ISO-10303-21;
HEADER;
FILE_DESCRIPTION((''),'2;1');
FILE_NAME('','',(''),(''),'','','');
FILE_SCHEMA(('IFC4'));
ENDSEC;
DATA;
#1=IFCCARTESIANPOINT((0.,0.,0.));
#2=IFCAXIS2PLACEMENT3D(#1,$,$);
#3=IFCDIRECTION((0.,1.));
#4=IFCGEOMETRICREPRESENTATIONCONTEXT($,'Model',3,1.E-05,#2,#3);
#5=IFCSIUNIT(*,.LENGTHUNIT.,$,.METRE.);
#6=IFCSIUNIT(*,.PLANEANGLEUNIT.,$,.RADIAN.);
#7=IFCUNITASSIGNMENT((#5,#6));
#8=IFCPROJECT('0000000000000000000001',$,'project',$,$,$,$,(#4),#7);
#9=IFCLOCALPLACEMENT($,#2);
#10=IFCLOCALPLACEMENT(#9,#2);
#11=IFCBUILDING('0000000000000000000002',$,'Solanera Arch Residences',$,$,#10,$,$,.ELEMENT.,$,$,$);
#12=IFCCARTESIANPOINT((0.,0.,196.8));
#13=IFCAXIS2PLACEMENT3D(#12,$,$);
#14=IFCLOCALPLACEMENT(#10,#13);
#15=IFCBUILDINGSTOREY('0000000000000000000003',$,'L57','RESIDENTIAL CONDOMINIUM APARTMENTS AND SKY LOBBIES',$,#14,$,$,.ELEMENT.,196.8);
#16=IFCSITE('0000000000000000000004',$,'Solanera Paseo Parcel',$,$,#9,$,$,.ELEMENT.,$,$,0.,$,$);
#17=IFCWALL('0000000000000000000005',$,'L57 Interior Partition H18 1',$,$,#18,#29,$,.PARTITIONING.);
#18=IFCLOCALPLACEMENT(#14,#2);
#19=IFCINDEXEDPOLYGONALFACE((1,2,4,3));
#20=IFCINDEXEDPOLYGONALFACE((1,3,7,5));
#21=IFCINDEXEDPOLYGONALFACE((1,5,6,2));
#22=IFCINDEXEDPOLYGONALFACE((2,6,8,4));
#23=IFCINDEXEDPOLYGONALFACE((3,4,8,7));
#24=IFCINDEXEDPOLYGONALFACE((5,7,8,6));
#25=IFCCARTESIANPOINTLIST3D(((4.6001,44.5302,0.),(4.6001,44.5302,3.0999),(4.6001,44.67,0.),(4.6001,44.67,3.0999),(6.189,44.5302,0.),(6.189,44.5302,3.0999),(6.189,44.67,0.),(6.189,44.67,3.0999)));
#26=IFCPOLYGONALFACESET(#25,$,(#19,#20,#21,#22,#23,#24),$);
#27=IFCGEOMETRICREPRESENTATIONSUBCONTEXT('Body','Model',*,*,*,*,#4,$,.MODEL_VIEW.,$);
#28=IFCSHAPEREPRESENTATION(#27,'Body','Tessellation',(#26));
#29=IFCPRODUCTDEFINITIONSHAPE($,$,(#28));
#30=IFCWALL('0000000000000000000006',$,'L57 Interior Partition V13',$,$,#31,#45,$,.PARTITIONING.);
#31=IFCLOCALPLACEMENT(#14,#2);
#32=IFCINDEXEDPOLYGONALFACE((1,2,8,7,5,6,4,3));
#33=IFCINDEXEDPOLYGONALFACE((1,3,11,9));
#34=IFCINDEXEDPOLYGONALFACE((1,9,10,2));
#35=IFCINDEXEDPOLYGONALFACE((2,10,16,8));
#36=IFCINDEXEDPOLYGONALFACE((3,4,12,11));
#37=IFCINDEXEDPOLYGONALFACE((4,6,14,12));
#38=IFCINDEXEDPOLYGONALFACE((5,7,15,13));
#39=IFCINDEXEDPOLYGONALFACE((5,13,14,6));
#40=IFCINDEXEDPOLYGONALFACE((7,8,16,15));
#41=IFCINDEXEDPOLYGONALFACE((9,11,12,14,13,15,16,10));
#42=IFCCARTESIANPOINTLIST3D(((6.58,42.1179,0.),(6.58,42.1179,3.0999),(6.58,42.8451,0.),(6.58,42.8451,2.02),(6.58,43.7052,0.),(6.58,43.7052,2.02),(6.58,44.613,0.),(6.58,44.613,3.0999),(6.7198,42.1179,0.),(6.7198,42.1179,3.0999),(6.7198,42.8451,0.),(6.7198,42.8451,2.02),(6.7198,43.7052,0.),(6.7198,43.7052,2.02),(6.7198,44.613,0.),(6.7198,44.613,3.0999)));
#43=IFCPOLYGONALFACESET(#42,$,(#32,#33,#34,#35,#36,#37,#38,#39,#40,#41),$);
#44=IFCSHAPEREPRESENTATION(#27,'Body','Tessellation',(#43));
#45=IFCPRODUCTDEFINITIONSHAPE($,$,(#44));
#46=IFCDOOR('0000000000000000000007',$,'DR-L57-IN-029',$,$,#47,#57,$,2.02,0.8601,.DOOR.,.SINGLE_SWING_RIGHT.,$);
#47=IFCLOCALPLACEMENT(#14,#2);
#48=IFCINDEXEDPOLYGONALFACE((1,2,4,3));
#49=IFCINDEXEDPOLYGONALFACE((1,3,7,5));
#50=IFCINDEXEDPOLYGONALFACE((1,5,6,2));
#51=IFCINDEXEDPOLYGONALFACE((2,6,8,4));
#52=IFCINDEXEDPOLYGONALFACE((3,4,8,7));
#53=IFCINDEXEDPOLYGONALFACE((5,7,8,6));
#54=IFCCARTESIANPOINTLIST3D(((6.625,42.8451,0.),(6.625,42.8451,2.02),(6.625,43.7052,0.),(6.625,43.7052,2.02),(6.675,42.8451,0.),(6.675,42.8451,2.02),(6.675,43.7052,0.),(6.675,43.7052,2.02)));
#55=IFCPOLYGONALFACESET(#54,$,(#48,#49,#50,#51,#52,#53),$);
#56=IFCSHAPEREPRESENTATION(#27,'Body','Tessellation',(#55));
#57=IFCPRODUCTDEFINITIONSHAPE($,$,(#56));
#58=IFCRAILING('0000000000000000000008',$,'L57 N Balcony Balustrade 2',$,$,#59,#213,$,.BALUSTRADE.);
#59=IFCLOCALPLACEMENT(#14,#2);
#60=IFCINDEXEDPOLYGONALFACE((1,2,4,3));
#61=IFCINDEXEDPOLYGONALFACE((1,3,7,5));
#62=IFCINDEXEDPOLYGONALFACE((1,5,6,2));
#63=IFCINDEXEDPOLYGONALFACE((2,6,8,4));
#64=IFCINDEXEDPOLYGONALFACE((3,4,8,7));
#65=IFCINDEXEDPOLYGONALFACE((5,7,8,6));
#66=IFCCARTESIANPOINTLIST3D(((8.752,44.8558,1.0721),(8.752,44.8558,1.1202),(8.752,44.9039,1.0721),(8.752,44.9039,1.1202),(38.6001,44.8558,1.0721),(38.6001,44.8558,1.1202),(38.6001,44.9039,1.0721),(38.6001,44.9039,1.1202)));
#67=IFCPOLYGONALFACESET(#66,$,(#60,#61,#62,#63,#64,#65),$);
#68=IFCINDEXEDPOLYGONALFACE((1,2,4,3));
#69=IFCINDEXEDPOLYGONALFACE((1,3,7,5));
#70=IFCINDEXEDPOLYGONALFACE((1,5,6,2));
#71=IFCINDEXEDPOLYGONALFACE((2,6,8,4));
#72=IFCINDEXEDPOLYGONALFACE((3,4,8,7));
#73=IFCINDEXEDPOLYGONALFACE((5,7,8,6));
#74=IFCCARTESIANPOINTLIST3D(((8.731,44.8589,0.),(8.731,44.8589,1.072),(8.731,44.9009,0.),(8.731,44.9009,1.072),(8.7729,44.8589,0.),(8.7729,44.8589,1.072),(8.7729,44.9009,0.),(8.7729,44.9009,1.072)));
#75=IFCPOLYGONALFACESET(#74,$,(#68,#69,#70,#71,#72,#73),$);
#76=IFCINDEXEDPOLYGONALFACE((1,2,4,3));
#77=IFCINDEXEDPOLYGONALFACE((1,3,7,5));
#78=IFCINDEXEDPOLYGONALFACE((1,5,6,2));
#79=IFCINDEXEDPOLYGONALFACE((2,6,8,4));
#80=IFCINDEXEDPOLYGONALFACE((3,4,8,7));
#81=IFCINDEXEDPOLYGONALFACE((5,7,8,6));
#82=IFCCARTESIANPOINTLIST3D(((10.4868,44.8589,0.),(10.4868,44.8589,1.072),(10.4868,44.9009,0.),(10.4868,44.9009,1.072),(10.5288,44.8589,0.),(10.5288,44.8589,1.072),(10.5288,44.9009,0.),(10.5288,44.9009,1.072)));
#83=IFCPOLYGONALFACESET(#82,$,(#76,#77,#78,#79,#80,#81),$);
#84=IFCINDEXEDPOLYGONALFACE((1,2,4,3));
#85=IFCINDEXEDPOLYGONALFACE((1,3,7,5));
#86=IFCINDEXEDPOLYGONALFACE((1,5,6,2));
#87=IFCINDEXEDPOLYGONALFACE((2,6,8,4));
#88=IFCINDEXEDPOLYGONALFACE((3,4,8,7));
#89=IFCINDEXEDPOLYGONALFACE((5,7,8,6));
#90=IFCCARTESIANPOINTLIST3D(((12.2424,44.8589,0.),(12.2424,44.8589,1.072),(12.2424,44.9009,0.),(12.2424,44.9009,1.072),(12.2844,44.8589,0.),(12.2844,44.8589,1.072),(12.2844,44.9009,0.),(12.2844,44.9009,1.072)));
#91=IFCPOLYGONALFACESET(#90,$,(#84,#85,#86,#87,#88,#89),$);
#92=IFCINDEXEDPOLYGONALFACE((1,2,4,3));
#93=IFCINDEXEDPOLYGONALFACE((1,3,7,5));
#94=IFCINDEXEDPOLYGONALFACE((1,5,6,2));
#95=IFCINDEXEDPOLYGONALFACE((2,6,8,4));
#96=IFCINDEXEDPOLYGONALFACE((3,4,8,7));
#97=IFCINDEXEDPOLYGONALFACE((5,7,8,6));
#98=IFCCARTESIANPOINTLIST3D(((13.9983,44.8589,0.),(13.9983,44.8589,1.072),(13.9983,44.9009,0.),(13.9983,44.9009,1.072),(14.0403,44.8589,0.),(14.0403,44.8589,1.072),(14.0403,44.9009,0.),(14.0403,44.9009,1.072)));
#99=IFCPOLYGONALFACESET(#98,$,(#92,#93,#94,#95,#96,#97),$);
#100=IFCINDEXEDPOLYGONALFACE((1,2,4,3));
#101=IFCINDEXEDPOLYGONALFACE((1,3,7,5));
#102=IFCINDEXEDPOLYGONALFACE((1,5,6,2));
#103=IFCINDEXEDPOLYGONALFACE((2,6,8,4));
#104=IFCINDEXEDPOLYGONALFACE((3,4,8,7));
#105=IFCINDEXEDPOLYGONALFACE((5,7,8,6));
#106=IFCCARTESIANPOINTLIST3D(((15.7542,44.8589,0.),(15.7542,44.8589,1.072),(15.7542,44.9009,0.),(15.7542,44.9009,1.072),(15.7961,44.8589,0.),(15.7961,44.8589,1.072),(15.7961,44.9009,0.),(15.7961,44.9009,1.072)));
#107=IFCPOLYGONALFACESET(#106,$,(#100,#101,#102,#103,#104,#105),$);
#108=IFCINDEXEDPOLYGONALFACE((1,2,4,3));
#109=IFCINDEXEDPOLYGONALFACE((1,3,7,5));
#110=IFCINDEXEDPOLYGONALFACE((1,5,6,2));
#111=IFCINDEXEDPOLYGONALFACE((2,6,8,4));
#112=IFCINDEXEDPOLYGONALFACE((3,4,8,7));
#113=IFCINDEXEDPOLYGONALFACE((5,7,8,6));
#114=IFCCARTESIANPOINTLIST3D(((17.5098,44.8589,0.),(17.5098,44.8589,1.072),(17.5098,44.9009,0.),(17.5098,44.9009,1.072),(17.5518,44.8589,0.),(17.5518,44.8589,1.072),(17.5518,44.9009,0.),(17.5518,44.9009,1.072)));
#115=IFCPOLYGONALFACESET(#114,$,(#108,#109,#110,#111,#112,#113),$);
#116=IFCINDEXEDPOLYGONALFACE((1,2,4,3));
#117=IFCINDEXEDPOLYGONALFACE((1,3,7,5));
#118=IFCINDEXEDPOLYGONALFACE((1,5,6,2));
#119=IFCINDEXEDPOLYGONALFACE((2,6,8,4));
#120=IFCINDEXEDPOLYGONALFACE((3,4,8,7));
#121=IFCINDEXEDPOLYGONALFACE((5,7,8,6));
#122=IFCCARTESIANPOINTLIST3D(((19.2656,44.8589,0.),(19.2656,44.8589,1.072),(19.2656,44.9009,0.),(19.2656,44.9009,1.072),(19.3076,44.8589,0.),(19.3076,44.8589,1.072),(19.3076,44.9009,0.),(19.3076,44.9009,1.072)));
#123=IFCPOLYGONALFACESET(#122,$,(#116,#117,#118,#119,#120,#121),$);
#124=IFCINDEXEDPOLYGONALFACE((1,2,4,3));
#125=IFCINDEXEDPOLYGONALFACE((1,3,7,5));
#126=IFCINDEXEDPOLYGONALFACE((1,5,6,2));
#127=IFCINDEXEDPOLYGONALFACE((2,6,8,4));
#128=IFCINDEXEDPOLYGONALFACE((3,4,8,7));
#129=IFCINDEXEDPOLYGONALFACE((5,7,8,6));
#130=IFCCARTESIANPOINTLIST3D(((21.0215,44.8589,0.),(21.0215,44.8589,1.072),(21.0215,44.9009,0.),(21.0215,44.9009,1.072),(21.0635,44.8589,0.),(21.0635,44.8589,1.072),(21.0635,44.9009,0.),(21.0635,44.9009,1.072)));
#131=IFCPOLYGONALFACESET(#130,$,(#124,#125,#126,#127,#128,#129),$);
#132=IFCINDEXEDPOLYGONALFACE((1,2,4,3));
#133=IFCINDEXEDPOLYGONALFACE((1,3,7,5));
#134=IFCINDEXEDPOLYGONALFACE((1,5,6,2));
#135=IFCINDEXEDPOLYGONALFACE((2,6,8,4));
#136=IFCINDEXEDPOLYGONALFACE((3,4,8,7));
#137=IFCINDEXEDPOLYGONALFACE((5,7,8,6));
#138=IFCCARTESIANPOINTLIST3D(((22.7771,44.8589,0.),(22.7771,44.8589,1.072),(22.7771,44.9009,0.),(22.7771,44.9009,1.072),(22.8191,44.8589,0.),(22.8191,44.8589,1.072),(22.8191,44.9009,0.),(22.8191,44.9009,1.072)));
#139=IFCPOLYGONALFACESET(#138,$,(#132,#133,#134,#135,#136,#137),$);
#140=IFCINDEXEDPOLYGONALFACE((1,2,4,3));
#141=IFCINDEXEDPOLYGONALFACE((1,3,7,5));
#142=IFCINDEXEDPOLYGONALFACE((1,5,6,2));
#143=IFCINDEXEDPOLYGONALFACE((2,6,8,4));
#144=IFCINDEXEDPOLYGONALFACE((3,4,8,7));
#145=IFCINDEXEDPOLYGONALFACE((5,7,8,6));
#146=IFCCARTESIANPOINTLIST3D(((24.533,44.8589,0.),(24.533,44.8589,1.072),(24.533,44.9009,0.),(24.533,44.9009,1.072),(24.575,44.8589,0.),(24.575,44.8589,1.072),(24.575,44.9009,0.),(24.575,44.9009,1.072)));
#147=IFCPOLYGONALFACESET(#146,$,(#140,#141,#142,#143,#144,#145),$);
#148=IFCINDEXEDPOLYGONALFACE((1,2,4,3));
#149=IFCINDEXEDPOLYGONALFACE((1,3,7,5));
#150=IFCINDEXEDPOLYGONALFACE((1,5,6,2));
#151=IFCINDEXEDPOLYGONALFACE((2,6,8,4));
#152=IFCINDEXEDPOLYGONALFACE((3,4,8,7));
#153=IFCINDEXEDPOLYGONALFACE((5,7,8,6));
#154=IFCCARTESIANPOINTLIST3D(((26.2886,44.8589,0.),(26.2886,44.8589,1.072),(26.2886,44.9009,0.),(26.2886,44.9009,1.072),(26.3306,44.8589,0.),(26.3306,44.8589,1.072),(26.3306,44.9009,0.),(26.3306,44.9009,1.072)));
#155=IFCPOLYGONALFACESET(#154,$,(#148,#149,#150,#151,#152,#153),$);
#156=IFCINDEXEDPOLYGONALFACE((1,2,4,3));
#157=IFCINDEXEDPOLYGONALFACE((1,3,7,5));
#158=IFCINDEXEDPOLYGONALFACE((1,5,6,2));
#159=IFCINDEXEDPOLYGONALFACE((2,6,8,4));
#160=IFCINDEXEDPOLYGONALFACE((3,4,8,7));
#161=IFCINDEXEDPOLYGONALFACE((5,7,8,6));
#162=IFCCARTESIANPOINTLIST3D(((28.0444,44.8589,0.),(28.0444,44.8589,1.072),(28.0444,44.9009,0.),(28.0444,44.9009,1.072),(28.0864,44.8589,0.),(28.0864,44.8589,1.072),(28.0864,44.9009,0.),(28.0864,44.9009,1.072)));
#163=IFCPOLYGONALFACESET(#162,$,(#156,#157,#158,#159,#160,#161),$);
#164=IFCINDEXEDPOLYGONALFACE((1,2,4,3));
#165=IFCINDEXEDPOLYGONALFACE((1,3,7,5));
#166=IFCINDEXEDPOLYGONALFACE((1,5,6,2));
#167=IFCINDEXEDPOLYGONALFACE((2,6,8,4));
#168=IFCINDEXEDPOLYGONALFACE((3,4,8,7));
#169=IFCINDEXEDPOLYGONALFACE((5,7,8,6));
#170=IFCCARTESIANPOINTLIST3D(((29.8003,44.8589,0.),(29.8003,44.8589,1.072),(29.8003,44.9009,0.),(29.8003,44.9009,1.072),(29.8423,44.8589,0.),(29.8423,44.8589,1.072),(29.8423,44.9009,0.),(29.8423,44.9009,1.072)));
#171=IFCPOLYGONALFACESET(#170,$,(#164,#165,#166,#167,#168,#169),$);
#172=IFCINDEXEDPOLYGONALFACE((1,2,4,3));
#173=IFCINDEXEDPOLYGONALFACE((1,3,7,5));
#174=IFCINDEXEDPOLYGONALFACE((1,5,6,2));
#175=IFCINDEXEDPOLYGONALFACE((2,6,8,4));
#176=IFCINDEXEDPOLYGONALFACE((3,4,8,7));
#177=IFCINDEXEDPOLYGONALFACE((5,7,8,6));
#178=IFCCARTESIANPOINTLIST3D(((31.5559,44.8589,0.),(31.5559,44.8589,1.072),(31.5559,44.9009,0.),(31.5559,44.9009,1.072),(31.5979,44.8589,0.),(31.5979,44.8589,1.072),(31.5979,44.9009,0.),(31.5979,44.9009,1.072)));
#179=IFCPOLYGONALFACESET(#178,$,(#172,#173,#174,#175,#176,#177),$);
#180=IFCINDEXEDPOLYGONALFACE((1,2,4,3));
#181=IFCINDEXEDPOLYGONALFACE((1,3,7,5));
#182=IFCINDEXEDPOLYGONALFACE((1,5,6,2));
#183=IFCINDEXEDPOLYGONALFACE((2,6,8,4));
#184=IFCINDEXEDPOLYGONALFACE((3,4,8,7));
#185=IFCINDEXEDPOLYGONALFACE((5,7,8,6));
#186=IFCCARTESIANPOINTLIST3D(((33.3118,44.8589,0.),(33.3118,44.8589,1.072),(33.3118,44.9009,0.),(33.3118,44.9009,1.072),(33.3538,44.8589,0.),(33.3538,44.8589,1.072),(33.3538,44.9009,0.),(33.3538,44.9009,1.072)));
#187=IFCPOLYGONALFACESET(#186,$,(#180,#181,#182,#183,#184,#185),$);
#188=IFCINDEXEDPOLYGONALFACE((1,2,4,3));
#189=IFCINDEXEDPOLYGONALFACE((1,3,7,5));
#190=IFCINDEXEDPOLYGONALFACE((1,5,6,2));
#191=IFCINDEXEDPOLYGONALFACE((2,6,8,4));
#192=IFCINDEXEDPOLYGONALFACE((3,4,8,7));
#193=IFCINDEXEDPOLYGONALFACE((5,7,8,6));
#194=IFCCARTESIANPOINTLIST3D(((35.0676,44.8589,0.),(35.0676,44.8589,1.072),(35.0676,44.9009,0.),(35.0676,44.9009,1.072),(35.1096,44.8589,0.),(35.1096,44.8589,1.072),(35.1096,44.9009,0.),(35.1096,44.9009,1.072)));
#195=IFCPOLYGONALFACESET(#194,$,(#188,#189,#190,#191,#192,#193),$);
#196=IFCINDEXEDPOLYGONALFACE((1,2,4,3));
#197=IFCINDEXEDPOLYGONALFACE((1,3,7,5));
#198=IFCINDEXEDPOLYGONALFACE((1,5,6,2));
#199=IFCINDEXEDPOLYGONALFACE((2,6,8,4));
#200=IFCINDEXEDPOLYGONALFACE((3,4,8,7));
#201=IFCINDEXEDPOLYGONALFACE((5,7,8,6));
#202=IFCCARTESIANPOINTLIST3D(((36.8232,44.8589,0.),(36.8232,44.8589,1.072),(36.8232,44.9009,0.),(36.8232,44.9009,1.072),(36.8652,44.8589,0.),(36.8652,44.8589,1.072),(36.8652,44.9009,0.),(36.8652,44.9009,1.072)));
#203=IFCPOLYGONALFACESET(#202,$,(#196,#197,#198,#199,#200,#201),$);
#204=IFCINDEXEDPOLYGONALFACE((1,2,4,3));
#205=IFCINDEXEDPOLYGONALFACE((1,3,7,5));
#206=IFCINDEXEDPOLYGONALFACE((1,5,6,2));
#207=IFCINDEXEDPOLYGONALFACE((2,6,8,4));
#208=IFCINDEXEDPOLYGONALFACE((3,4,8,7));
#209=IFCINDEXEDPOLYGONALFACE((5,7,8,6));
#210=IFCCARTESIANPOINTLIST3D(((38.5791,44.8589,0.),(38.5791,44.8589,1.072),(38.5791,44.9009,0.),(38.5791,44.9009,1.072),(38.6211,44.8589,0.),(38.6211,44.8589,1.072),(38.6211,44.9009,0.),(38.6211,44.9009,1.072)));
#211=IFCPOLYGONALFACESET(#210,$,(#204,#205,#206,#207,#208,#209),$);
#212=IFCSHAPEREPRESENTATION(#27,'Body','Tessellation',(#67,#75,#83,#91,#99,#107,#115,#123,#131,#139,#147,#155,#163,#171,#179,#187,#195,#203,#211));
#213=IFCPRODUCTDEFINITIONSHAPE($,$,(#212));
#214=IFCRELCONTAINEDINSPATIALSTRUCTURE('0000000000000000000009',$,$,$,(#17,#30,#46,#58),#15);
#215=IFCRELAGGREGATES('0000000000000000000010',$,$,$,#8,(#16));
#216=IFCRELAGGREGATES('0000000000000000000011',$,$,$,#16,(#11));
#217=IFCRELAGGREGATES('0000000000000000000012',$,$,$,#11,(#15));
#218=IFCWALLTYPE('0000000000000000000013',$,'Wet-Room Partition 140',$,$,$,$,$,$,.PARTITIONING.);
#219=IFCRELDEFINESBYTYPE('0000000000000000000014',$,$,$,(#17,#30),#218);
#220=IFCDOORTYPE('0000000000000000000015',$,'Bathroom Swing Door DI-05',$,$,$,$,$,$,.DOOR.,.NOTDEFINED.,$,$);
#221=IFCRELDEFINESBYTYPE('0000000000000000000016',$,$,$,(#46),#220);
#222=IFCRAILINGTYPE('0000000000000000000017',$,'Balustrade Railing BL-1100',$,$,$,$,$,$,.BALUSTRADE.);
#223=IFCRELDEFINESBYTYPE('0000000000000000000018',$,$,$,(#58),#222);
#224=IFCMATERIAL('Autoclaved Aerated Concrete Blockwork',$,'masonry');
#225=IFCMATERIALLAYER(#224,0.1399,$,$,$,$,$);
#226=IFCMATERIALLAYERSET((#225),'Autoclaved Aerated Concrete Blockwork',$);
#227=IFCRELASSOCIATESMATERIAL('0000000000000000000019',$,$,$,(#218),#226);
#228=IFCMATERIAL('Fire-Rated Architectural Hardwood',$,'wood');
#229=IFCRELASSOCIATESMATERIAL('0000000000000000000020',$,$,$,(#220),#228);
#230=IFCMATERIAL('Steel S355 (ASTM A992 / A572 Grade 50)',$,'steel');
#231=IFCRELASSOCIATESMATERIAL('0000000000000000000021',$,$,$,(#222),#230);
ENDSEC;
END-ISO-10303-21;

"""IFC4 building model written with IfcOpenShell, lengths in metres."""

from ifc_helpers import new_model, si_unit, direction, frame, frame_2d, origin, origin_2d, place, context, subcontext, project, spatial, rectangle, extrude, material, layer, layer_set, type_object, element, fill, save


model = new_model("IFC4")

# Units and contexts
model_context = context("Model", 3, precision=1e-05, world=origin(), true_north=direction((0.0, 1.0)))
body_context = subcontext(model_context, "Body", "Model", "MODEL_VIEW")
ifc_project = project(units=[si_unit("LENGTHUNIT", "METRE"), si_unit("PLANEANGLEUNIT", "RADIAN")], contexts=[model_context])

# Site, building, storey
site_placement = place(None, origin())
site = spatial("IfcSite", under=ifc_project, at=site_placement, Name="Solanera Paseo Parcel", CompositionType="ELEMENT", RefElevation=0.0)
building_placement = place(site_placement, origin())
building = spatial("IfcBuilding", under=site, at=building_placement, Name="Solanera Arch Residences", CompositionType="ELEMENT")
storey_placement = place(building_placement, frame((0.0, 0.0, 196.8)))
storey = spatial("IfcBuildingStorey", under=building, at=storey_placement, Name="L57", Description="RESIDENTIAL CONDOMINIUM APARTMENTS AND SKY LOBBIES", CompositionType="ELEMENT", Elevation=196.8)

# Wall
ifc_material_1 = material(Name="Autoclaved Aerated Concrete Blockwork", Category="masonry")
ifc_layer_1 = layer(ifc_material_1, 0.1399)
ifc_layer_set_1 = layer_set([ifc_layer_1], Name="Autoclaved Aerated Concrete Blockwork")
wall_type_1 = type_object("IfcWallType", Name="Wet-Room Partition 140", PredefinedType="PARTITIONING", material=ifc_layer_set_1)
wall_1_placement = place(storey_placement, frame((4.6001, 44.6001, 0.0), z_axis=(0.0, 0.0, 1.0), x_axis=(1.0, 0.0, 0.0)))
element("IfcWall", 1, at=wall_1_placement, inside=storey, type_object=wall_type_1, Name="L57 Interior Partition H18 1", PredefinedType="PARTITIONING", context=body_context, shape_type="SweptSolid", body=[
    extrude(rectangle(XDim=1.5889, YDim=0.1399, at=frame_2d((0.7944, 0.0))), origin(), (0.0, 0.0, 1.0), 3.0999),
])

# Wall, opening, door
wall_2_placement = place(storey_placement, frame((6.6499, 42.1179, 0.0), z_axis=(0.0, 0.0, 1.0), x_axis=(0.0, 1.0, 0.0)))
wall_2 = element("IfcWall", 2, at=wall_2_placement, inside=storey, type_object=wall_type_1, Name="L57 Interior Partition V13", PredefinedType="PARTITIONING", context=body_context, shape_type="SweptSolid", body=[
    extrude(rectangle(XDim=2.4951, YDim=0.1399, at=frame_2d((1.2476, 0.0))), origin(), (0.0, 0.0, 1.0), 3.0999),
])
opening_1_placement = place(wall_2_placement, frame((0.7271, 0.0, 0.0)))
opening_1 = element("IfcOpeningElement", 3, at=opening_1_placement, cuts=wall_2, PredefinedType="OPENING", context=body_context, shape_type="SweptSolid", body=[
    extrude(rectangle(XDim=0.8601, YDim=2.02, at=frame_2d((0.4302, 1.01))), frame((0.0, 0.0798, 0.0), z_axis=(0.0, -1.0, 0.0), x_axis=(1.0, 0.0, 0.0)), (0.0, 0.0, 1.0), 0.1599),
])
ifc_material_2 = material(Name="Fire-Rated Architectural Hardwood", Category="wood")
door_type_1 = type_object("IfcDoorType", Name="Bathroom Swing Door DI-05", OperationType="NOTDEFINED", PredefinedType="DOOR", material=ifc_material_2)
door_1_placement = place(opening_1_placement, origin())
door_1 = element("IfcDoor", 4, at=door_1_placement, inside=storey, type_object=door_type_1, Name="DR-L57-IN-029", OperationType="SINGLE_SWING_RIGHT", OverallHeight=2.02, OverallWidth=0.8601, PredefinedType="DOOR", context=body_context, shape_type="SweptSolid", body=[
    extrude(rectangle(XDim=0.8601, YDim=2.02, at=frame_2d((0.4302, 1.01))), frame((0.0, 0.0249, 0.0), z_axis=(0.0, -1.0, 0.0), x_axis=(1.0, 0.0, 0.0)), (0.0, 0.0, 1.0), 0.05),
])
fill(opening_1, door_1)

# Railing
ifc_material_3 = material(Name="Steel S355 (ASTM A992 / A572 Grade 50)", Category="steel")
railing_type = type_object("IfcRailingType", Name="Balustrade Railing BL-1100", PredefinedType="BALUSTRADE", material=ifc_material_3)
railing_placement = place(storey_placement, frame((8.752, 44.8799, 0.0)))
element("IfcRailing", 5, at=railing_placement, inside=storey, type_object=railing_type, Name="L57 N Balcony Balustrade 2", PredefinedType="BALUSTRADE", context=body_context, shape_type="SweptSolid", body=[
    extrude(rectangle(XDim=0.0481, YDim=0.0481, at=origin_2d()), frame((0.0, 0.0, 1.0962), z_axis=(1.0, 0.0, 0.0), x_axis=(0.0, 1.0, 0.0)), (0.0, 0.0, 1.0), 29.8481),
    extrude(rectangle(XDim=0.042, YDim=0.042, at=origin_2d()), origin(), (0.0, 0.0, 1.0), 1.072),
    extrude(rectangle(XDim=0.042, YDim=0.042, at=origin_2d()), frame((1.7559, 0.0, 0.0)), (0.0, 0.0, 1.0), 1.072),
    extrude(rectangle(XDim=0.042, YDim=0.042, at=origin_2d()), frame((3.5115, 0.0, 0.0)), (0.0, 0.0, 1.0), 1.072),
    extrude(rectangle(XDim=0.042, YDim=0.042, at=origin_2d()), frame((5.2673, 0.0, 0.0)), (0.0, 0.0, 1.0), 1.072),
    extrude(rectangle(XDim=0.042, YDim=0.042, at=origin_2d()), frame((7.0232, 0.0, 0.0)), (0.0, 0.0, 1.0), 1.072),
    extrude(rectangle(XDim=0.042, YDim=0.042, at=origin_2d()), frame((8.7788, 0.0, 0.0)), (0.0, 0.0, 1.0), 1.072),
    extrude(rectangle(XDim=0.042, YDim=0.042, at=origin_2d()), frame((10.5347, 0.0, 0.0)), (0.0, 0.0, 1.0), 1.072),
    extrude(rectangle(XDim=0.042, YDim=0.042, at=origin_2d()), frame((12.2905, 0.0, 0.0)), (0.0, 0.0, 1.0), 1.072),
    extrude(rectangle(XDim=0.042, YDim=0.042, at=origin_2d()), frame((14.0461, 0.0, 0.0)), (0.0, 0.0, 1.0), 1.072),
    extrude(rectangle(XDim=0.042, YDim=0.042, at=origin_2d()), frame((15.802, 0.0, 0.0)), (0.0, 0.0, 1.0), 1.072),
    extrude(rectangle(XDim=0.042, YDim=0.042, at=origin_2d()), frame((17.5576, 0.0, 0.0)), (0.0, 0.0, 1.0), 1.072),
    extrude(rectangle(XDim=0.042, YDim=0.042, at=origin_2d()), frame((19.3135, 0.0, 0.0)), (0.0, 0.0, 1.0), 1.072),
    extrude(rectangle(XDim=0.042, YDim=0.042, at=origin_2d()), frame((21.0693, 0.0, 0.0)), (0.0, 0.0, 1.0), 1.072),
    extrude(rectangle(XDim=0.042, YDim=0.042, at=origin_2d()), frame((22.825, 0.0, 0.0)), (0.0, 0.0, 1.0), 1.072),
    extrude(rectangle(XDim=0.042, YDim=0.042, at=origin_2d()), frame((24.5808, 0.0, 0.0)), (0.0, 0.0, 1.0), 1.072),
    extrude(rectangle(XDim=0.042, YDim=0.042, at=origin_2d()), frame((26.3367, 0.0, 0.0)), (0.0, 0.0, 1.0), 1.072),
    extrude(rectangle(XDim=0.042, YDim=0.042, at=origin_2d()), frame((28.0923, 0.0, 0.0)), (0.0, 0.0, 1.0), 1.072),
    extrude(rectangle(XDim=0.042, YDim=0.042, at=origin_2d()), frame((29.8481, 0.0, 0.0)), (0.0, 0.0, 1.0), 1.072),
])

save(model, "model.ifc")
